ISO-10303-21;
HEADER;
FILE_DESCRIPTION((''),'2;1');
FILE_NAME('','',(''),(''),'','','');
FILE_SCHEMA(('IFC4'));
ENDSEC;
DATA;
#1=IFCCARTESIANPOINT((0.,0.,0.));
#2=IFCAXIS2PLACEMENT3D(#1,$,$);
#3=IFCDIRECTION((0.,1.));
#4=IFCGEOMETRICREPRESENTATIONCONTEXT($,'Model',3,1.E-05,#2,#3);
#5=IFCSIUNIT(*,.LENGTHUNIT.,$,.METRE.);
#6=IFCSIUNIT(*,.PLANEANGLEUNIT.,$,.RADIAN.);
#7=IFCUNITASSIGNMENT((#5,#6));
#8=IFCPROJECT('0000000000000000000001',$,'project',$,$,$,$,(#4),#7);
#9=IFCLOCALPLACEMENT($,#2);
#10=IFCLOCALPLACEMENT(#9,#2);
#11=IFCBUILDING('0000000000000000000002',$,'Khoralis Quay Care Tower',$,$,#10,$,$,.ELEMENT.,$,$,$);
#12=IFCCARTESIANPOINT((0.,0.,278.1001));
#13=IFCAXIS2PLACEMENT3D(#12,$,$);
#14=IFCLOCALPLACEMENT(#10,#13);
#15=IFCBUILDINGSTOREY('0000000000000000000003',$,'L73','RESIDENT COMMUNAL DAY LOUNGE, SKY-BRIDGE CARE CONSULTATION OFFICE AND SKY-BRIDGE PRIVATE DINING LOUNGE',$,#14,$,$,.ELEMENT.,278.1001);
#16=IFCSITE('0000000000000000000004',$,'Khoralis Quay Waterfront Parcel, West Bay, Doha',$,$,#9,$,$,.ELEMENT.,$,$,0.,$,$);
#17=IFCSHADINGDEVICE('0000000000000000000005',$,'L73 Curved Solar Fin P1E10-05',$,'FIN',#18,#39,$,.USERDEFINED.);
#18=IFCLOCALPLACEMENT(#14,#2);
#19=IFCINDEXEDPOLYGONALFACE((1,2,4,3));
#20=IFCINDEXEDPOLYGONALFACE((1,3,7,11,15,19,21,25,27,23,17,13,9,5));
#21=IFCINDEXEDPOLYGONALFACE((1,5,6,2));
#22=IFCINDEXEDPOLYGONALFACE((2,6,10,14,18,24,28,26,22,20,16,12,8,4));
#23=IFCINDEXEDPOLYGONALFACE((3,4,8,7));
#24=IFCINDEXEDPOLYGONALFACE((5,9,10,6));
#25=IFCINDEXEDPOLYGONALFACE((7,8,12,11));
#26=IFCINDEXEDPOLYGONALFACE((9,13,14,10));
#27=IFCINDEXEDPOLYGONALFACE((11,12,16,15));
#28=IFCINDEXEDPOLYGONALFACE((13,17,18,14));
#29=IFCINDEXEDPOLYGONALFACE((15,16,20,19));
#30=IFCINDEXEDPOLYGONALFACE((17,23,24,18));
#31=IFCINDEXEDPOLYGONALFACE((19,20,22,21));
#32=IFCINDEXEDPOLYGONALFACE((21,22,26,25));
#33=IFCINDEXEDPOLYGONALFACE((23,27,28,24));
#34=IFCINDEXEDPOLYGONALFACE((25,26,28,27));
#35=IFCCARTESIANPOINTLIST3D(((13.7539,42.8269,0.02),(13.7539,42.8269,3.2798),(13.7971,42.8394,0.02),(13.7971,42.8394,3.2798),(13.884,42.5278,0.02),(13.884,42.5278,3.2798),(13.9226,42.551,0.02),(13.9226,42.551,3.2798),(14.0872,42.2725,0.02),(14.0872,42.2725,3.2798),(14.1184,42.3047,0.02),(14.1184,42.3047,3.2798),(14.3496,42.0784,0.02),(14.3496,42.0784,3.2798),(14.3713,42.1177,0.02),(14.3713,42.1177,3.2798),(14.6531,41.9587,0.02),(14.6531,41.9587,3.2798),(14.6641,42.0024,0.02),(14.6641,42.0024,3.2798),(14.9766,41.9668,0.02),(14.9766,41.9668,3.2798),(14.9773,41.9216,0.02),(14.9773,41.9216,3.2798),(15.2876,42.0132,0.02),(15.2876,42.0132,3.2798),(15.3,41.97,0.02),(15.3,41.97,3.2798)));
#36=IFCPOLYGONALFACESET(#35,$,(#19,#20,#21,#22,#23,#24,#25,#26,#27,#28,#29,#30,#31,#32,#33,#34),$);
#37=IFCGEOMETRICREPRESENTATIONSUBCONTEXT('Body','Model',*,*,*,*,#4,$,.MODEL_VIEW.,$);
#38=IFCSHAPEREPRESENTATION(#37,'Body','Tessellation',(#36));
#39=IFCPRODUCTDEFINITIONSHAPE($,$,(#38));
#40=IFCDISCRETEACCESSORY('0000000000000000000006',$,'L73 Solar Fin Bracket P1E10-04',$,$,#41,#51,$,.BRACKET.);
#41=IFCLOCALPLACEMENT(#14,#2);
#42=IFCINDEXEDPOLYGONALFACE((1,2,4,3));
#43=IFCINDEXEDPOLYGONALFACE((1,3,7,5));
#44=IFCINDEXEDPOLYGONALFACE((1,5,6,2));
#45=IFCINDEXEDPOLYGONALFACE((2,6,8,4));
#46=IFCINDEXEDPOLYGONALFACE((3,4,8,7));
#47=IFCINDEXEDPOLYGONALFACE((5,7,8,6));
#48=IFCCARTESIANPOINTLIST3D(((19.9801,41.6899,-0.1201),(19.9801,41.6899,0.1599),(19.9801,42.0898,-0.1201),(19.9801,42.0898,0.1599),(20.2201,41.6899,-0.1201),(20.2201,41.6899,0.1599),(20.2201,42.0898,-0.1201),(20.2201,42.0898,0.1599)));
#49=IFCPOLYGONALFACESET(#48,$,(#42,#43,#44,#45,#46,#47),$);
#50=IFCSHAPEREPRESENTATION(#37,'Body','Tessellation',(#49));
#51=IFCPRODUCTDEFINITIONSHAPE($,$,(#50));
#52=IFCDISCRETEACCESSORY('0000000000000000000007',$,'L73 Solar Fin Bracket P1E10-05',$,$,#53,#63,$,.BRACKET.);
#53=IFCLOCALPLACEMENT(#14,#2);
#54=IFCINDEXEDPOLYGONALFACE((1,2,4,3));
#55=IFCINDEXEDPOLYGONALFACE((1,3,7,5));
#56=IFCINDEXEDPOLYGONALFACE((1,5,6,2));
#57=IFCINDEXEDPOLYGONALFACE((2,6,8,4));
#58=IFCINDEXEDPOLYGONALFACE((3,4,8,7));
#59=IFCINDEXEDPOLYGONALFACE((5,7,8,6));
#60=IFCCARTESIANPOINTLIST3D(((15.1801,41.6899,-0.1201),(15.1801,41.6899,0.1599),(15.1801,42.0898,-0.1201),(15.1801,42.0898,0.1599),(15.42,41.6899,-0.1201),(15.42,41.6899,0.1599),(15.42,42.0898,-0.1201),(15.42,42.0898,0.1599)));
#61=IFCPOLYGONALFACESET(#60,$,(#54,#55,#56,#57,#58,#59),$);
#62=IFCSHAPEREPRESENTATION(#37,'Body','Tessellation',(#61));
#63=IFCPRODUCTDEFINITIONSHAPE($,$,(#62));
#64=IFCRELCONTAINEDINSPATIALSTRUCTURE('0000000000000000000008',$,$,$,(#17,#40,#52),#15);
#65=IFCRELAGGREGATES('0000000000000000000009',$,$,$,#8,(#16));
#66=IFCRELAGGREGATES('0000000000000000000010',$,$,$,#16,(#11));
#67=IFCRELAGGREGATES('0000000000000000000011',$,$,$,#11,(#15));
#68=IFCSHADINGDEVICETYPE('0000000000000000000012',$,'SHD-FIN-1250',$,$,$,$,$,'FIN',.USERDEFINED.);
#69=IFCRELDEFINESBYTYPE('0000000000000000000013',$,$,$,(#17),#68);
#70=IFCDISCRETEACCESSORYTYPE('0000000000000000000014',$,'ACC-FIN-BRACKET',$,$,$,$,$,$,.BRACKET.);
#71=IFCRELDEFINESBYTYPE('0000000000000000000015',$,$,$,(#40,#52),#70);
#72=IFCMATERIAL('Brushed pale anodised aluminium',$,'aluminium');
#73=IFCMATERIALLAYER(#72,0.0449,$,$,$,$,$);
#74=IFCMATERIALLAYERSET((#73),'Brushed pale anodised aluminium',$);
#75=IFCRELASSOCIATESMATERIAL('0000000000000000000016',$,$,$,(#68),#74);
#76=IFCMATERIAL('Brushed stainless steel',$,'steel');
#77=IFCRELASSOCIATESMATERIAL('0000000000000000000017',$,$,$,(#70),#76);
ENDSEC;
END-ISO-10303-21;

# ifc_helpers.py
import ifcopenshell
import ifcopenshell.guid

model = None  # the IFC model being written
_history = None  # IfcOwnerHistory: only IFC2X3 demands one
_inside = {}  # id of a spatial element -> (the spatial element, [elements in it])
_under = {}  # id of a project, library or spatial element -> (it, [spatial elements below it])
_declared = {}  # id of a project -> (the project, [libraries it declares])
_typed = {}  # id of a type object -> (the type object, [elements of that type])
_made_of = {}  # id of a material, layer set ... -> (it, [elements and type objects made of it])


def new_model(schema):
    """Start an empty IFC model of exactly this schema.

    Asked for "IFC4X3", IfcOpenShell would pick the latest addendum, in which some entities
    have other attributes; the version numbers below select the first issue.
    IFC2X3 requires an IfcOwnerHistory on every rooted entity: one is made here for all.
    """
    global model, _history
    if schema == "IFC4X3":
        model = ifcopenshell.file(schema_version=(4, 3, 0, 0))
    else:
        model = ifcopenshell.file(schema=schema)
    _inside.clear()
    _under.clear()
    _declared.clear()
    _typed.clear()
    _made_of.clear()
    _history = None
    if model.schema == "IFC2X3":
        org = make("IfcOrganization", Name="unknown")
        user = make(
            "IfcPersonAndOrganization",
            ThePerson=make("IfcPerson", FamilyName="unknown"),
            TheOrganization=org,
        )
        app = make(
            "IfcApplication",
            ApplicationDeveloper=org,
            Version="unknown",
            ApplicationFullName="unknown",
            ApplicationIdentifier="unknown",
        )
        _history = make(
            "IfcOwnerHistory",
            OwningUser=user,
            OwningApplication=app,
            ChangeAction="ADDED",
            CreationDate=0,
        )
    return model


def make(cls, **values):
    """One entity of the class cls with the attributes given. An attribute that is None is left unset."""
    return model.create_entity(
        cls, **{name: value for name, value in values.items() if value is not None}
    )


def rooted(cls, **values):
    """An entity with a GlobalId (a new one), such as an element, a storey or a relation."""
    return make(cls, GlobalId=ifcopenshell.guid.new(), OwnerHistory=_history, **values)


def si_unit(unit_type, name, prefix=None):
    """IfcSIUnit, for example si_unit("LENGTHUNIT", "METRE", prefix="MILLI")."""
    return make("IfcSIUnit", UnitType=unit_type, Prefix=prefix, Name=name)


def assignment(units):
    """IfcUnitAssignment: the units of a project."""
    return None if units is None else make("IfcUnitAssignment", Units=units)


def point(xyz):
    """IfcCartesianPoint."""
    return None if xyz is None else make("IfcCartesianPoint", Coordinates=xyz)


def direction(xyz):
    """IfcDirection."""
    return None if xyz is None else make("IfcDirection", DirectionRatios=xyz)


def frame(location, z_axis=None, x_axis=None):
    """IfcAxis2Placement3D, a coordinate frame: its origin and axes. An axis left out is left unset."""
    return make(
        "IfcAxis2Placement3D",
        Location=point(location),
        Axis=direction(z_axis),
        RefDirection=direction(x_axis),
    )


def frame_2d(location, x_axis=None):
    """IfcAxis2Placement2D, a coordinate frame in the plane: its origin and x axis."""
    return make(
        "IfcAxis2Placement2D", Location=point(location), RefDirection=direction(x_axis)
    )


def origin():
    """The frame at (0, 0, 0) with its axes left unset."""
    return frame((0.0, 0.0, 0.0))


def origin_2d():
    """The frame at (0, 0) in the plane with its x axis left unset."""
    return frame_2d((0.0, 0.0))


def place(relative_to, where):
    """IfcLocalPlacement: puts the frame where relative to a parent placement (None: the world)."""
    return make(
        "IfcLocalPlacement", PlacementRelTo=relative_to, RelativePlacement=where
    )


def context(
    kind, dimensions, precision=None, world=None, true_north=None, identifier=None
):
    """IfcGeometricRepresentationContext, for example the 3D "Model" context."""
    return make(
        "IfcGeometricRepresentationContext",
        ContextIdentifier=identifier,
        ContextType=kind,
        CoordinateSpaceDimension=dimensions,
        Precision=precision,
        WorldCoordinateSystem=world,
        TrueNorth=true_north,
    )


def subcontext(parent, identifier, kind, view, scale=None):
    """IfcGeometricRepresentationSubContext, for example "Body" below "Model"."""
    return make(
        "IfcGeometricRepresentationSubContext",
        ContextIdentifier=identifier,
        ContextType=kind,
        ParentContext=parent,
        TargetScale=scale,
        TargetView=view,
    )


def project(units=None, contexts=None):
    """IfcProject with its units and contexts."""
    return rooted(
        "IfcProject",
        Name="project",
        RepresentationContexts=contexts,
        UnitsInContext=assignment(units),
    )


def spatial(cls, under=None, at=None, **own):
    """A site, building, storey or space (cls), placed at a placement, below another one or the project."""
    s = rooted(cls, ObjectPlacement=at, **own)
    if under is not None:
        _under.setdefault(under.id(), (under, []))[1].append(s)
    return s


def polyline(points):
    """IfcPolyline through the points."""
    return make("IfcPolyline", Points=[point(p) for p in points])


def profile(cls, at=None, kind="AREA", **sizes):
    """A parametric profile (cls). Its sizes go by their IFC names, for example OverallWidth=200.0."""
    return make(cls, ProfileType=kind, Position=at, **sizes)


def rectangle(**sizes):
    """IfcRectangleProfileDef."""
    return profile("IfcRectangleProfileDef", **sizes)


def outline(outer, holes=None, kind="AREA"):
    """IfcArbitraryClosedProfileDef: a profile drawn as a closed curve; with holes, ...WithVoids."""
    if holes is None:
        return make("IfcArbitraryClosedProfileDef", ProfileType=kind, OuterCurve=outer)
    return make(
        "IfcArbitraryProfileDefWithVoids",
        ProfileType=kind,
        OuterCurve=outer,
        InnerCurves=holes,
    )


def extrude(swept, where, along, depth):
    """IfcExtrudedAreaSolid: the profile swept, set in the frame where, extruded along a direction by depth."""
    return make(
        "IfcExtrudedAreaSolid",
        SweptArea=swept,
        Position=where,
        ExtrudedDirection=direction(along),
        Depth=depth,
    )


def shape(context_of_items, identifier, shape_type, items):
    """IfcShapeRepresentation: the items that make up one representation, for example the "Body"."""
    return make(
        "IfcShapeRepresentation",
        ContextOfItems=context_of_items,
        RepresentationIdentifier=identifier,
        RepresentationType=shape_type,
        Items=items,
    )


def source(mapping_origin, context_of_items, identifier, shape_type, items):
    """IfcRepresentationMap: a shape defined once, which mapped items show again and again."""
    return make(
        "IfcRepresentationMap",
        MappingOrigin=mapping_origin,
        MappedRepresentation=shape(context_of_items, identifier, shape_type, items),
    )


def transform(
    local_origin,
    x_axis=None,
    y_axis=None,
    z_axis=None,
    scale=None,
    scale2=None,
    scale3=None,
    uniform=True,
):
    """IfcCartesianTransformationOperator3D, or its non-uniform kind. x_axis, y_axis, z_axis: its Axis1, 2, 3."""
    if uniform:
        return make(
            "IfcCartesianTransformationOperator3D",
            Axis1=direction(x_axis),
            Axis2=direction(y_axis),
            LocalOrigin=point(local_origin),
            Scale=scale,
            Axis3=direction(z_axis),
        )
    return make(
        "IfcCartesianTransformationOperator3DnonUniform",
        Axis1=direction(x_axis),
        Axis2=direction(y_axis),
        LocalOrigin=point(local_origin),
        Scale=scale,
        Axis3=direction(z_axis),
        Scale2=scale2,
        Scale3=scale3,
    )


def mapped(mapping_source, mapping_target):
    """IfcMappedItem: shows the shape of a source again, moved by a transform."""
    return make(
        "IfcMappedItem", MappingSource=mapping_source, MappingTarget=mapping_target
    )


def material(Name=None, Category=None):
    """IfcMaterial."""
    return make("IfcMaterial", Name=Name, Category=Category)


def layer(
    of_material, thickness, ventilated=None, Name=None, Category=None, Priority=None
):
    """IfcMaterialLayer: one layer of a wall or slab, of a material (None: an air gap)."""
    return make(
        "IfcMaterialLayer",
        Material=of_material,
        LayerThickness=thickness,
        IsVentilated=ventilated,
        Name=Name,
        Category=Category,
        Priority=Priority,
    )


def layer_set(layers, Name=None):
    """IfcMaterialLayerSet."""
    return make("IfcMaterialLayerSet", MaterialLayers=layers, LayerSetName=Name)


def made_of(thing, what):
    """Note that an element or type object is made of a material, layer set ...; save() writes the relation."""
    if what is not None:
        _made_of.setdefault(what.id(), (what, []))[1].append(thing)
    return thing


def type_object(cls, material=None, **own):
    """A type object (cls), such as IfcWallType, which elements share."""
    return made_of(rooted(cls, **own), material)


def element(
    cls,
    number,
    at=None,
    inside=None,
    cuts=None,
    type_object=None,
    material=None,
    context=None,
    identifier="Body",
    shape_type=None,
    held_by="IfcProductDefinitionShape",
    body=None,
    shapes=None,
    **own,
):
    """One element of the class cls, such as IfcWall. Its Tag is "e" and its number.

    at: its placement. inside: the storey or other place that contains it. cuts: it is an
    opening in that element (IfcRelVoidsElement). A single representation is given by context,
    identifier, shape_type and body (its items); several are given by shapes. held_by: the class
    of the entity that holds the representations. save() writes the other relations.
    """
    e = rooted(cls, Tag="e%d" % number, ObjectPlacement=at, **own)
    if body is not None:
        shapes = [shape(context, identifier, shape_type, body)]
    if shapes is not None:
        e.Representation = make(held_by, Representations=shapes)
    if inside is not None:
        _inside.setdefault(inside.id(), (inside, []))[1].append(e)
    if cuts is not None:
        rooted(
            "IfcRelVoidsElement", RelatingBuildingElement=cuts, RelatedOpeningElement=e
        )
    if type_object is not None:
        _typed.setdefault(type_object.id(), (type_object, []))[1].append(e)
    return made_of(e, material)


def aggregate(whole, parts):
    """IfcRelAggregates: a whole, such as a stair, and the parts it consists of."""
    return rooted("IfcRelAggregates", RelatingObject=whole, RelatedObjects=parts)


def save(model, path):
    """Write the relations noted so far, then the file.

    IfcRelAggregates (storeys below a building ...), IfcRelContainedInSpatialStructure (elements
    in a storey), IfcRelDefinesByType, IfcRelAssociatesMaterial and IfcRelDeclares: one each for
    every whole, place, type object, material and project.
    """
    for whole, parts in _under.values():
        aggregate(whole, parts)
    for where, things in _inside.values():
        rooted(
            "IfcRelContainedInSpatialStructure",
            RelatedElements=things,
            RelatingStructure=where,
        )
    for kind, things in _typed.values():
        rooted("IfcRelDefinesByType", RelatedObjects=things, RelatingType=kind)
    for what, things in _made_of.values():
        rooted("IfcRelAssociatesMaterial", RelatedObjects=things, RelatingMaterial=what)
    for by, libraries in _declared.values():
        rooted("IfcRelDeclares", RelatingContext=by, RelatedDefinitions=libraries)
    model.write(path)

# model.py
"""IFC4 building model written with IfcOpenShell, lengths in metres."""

from ifc_helpers import new_model, si_unit, direction, frame, origin, origin_2d, place, context, subcontext, project, spatial, polyline, rectangle, outline, extrude, source, transform, mapped, material, layer, layer_set, type_object, element, save


model = new_model("IFC4")

# Units and contexts
model_context = context("Model", 3, precision=1e-05, world=origin(), true_north=direction((0.0, 1.0)))
body_context = subcontext(model_context, "Body", "Model", "MODEL_VIEW")
ifc_project = project(units=[si_unit("LENGTHUNIT", "METRE"), si_unit("PLANEANGLEUNIT", "RADIAN")], contexts=[model_context])

# Site, building, storey
site_placement = place(None, origin())
site = spatial("IfcSite", under=ifc_project, at=site_placement, Name="Khoralis Quay Waterfront Parcel, West Bay, Doha", CompositionType="ELEMENT", RefElevation=0.0)
building_placement = place(site_placement, origin())
building = spatial("IfcBuilding", under=site, at=building_placement, Name="Khoralis Quay Care Tower", CompositionType="ELEMENT")
storey_placement = place(building_placement, frame((0.0, 0.0, 278.1001)))
storey = spatial("IfcBuildingStorey", under=building, at=storey_placement, Name="L73", Description="RESIDENT COMMUNAL DAY LOUNGE, SKY-BRIDGE CARE CONSULTATION OFFICE AND SKY-BRIDGE PRIVATE DINING LOUNGE", CompositionType="ELEMENT", Elevation=278.1001)

# Shading device
ifc_material_1 = material(Name="Brushed pale anodised aluminium", Category="aluminium")
ifc_layer_1 = layer(ifc_material_1, 0.0449)
ifc_layer_set_1 = layer_set([ifc_layer_1], Name="Brushed pale anodised aluminium")
shading_device_type = type_object("IfcShadingDeviceType", Name="SHD-FIN-1250", ElementType="FIN", PredefinedType="USERDEFINED", material=ifc_layer_set_1)
shared_shape_1 = source(origin(), body_context, "Body", "SweptSolid", [
    extrude(outline(polyline([(0.0, 0.0), (-0.0483, 0.3228), (-0.0112, 0.647), (0.1084, 0.9504), (0.3025, 1.2129), (0.5579, 1.416), (0.8569, 1.5461), (0.8694, 1.5029), (0.5811, 1.3774), (0.3347, 1.1816), (0.1477, 0.9287), (0.0325, 0.636), (-0.0032, 0.3235), (0.0432, 0.0125), (0.0, 0.0)])), origin(), (0.0, 0.0, 1.0), 3.2598),
])
for number, where, z_axis, x_axis, name in (
    (1, (15.3, 41.97, 0.02), (0.0, 0.0, 1.0), (0.0, 1.0, 0.0), "L73 Curved Solar Fin P1E10-05"),
):
    element("IfcShadingDevice", number, at=place(storey_placement, frame(where, z_axis=z_axis, x_axis=x_axis)), inside=storey, type_object=shading_device_type, Name=name, ObjectType="FIN", PredefinedType="USERDEFINED", context=body_context, shape_type="MappedRepresentation", body=[
        mapped(shared_shape_1, transform((0.0, 0.0, 0.0), scale=1.0)),
    ])

# Discrete accessories
ifc_material_2 = material(Name="Brushed stainless steel", Category="steel")
discrete_accessory_type = type_object("IfcDiscreteAccessoryType", Name="ACC-FIN-BRACKET", PredefinedType="BRACKET", material=ifc_material_2)
shared_shape_2 = source(origin(), body_context, "Body", "SweptSolid", [
    extrude(rectangle(XDim=0.3999, YDim=0.24, at=origin_2d()), origin(), (0.0, 0.0, 1.0), 0.28),
])
for number, where, z_axis, x_axis, name in (
    (2, (20.1001, 41.8899, -0.1201), (0.0, 0.0, 1.0), (0.0, 1.0, 0.0), "L73 Solar Fin Bracket P1E10-04"),
    (3, (15.3, 41.8899, -0.1201), (0.0, 0.0, 1.0), (0.0, 1.0, 0.0), "L73 Solar Fin Bracket P1E10-05"),
):
    element("IfcDiscreteAccessory", number, at=place(storey_placement, frame(where, z_axis=z_axis, x_axis=x_axis)), inside=storey, type_object=discrete_accessory_type, Name=name, PredefinedType="BRACKET", context=body_context, shape_type="MappedRepresentation", body=[
        mapped(shared_shape_2, transform((0.0, 0.0, 0.0), scale=1.0)),
    ])

save(model, "model.ifc")
